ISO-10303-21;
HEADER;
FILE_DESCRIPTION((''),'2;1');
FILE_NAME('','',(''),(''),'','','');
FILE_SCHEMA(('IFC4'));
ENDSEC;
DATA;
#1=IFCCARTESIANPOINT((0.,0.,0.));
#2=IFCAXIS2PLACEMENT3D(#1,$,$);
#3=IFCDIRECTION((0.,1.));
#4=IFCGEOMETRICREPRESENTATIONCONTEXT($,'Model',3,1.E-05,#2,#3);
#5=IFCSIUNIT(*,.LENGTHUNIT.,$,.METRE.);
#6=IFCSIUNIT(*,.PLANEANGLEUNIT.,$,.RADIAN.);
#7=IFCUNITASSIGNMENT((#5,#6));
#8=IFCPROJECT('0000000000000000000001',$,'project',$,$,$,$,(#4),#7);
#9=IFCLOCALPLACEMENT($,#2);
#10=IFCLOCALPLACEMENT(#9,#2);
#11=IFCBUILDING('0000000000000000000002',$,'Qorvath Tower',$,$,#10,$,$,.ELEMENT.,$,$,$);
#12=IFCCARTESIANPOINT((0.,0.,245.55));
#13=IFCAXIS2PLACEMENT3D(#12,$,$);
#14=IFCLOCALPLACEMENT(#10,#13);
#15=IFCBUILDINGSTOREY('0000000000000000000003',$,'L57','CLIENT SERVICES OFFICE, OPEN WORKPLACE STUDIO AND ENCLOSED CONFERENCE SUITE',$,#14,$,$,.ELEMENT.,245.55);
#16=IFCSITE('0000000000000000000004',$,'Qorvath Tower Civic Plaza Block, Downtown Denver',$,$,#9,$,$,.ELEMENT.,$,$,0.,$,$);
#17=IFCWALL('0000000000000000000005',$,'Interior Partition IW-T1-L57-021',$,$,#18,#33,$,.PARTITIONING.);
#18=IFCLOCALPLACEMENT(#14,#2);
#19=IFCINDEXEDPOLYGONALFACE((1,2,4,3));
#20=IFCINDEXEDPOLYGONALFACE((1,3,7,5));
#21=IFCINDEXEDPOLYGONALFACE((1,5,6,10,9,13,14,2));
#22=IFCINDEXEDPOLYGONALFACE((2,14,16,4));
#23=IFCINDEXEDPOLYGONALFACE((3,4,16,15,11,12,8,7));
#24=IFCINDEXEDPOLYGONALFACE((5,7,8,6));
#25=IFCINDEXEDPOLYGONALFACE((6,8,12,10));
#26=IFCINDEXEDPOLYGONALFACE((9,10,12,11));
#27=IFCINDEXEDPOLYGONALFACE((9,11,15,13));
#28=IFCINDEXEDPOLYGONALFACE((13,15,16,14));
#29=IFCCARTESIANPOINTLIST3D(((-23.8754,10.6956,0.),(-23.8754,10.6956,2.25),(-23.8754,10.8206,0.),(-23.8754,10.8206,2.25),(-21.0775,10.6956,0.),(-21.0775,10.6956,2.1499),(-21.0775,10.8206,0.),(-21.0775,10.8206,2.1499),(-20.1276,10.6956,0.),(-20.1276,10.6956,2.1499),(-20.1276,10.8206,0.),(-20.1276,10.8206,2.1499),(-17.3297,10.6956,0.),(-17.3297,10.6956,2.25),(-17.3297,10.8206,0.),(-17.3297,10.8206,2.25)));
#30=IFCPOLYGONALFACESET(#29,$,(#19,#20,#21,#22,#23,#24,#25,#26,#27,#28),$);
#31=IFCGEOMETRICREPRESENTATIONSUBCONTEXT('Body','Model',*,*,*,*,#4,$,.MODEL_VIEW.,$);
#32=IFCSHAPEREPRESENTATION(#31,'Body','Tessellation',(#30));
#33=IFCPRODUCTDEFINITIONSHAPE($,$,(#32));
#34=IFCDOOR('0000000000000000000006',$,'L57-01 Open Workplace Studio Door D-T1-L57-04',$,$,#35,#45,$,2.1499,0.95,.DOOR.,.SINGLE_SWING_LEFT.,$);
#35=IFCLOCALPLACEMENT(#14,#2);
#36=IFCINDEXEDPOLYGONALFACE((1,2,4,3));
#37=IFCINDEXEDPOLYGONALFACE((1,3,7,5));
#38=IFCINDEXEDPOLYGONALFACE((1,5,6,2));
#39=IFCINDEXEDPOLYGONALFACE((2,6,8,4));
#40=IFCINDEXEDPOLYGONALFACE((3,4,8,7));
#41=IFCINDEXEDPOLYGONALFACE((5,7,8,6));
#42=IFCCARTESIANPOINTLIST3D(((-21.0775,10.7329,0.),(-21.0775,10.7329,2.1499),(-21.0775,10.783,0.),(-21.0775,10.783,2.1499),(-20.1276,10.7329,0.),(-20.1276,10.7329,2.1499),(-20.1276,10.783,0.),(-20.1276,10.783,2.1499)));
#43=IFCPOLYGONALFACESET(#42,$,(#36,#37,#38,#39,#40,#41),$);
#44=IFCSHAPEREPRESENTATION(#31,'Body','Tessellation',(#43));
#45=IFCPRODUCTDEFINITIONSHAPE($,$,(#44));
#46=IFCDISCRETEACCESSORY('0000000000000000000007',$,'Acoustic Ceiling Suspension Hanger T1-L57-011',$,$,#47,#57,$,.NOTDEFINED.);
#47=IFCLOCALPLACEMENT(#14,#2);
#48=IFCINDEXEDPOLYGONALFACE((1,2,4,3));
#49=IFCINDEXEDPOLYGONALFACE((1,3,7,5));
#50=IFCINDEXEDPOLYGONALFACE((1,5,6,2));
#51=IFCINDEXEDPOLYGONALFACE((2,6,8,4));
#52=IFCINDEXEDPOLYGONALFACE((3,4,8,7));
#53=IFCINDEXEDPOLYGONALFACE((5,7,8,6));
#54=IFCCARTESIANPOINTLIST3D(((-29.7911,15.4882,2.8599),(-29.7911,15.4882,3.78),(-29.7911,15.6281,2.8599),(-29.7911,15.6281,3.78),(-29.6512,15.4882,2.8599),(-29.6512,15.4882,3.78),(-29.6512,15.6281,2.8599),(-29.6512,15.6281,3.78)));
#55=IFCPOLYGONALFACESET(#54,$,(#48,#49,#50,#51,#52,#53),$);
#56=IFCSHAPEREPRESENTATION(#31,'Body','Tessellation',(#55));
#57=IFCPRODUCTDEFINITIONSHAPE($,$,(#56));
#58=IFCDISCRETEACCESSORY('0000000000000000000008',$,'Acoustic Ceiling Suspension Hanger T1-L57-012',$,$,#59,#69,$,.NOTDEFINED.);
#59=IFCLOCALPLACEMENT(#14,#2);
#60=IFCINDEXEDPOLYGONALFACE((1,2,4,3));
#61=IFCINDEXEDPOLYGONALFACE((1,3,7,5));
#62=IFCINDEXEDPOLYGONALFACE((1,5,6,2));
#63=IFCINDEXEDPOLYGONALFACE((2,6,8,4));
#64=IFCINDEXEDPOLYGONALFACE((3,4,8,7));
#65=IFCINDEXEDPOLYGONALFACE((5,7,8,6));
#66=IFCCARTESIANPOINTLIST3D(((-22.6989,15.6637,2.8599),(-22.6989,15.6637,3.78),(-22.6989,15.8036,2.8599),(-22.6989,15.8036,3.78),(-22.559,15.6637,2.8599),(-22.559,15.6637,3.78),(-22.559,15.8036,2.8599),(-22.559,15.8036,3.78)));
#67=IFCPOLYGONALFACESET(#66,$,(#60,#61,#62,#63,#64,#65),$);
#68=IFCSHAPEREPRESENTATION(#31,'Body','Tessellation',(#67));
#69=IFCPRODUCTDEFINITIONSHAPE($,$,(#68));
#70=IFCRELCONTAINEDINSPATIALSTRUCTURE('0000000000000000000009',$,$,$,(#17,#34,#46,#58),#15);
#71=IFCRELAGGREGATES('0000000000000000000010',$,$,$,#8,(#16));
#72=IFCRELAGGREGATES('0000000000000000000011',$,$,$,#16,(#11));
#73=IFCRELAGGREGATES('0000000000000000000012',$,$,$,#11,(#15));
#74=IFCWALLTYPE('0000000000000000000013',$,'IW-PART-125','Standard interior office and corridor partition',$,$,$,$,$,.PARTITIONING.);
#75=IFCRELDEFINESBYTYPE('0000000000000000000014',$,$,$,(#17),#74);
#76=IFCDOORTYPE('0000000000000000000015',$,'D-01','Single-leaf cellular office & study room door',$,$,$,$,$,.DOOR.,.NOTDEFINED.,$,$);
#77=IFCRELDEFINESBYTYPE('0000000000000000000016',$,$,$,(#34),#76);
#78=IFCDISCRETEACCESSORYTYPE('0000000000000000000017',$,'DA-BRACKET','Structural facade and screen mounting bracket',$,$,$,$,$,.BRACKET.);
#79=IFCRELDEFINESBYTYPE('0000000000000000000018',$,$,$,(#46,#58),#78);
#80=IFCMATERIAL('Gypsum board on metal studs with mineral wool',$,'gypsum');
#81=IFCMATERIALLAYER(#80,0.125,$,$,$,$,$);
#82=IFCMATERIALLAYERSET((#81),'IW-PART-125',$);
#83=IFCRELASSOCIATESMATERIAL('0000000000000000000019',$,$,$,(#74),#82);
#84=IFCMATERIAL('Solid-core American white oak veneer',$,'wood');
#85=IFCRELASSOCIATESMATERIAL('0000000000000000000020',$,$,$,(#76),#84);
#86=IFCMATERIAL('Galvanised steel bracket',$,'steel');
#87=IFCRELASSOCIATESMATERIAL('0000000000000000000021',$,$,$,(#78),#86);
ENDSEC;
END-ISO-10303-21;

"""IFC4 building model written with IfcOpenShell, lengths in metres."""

from ifc_helpers import new_model, si_unit, direction, frame, frame_2d, origin, origin_2d, place, context, subcontext, project, spatial, rectangle, extrude, material, layer, layer_set, type_object, element, fill, save


model = new_model("IFC4")

# Units and contexts
model_context = context("Model", 3, precision=1e-05, world=origin(), true_north=direction((0.0, 1.0)))
body_context = subcontext(model_context, "Body", "Model", "MODEL_VIEW")
ifc_project = project(units=[si_unit("LENGTHUNIT", "METRE"), si_unit("PLANEANGLEUNIT", "RADIAN")], contexts=[model_context])

# Site, building, storey
site_placement = place(None, origin())
site = spatial("IfcSite", under=ifc_project, at=site_placement, Name="Qorvath Tower Civic Plaza Block, Downtown Denver", CompositionType="ELEMENT", RefElevation=0.0)
building_placement = place(site_placement, origin())
building = spatial("IfcBuilding", under=site, at=building_placement, Name="Qorvath Tower", CompositionType="ELEMENT")
storey_placement = place(building_placement, frame((0.0, 0.0, 245.55)))
storey = spatial("IfcBuildingStorey", under=building, at=storey_placement, Name="L57", Description="CLIENT SERVICES OFFICE, OPEN WORKPLACE STUDIO AND ENCLOSED CONFERENCE SUITE", CompositionType="ELEMENT", Elevation=245.55)

# Wall, opening, door
ifc_material_1 = material(Name="Gypsum board on metal studs with mineral wool", Category="gypsum")
ifc_layer_1 = layer(ifc_material_1, 0.125)
ifc_layer_set_1 = layer_set([ifc_layer_1], Name="IW-PART-125")
wall_type = type_object("IfcWallType", Name="IW-PART-125", Description="Standard interior office and corridor partition", PredefinedType="PARTITIONING", material=ifc_layer_set_1)
wall_placement = place(storey_placement, frame((-23.8755, 10.7581, 0.0), z_axis=(0.0, 0.0, 1.0), x_axis=(1.0, 0.0, 0.0)))
wall = element("IfcWall", 1, at=wall_placement, inside=storey, type_object=wall_type, Name="Interior Partition IW-T1-L57-021", PredefinedType="PARTITIONING", context=body_context, shape_type="SweptSolid", body=[
    extrude(rectangle(XDim=6.5457, YDim=0.125, at=frame_2d((3.2729, 0.0))), origin(), (0.0, 0.0, 1.0), 2.25),
])
opening_placement = place(wall_placement, frame((2.7979, 0.0, 0.0)))
opening = element("IfcOpeningElement", 2, at=opening_placement, cuts=wall, PredefinedType="OPENING", context=body_context, shape_type="SweptSolid", body=[
    extrude(rectangle(XDim=0.95, YDim=2.1499, at=frame_2d((0.4751, 1.075))), frame((0.0, 0.0725, 0.0), z_axis=(0.0, -1.0, 0.0), x_axis=(1.0, 0.0, 0.0)), (0.0, 0.0, 1.0), 0.145),
])
ifc_material_2 = material(Name="Solid-core American white oak veneer", Category="wood")
door_type = type_object("IfcDoorType", Name="D-01", Description="Single-leaf cellular office & study room door", OperationType="NOTDEFINED", PredefinedType="DOOR", material=ifc_material_2)
door_placement = place(opening_placement, origin())
door = element("IfcDoor", 3, at=door_placement, inside=storey, type_object=door_type, Name="L57-01 Open Workplace Studio Door D-T1-L57-04", OperationType="SINGLE_SWING_LEFT", OverallHeight=2.1499, OverallWidth=0.95, PredefinedType="DOOR", context=body_context, shape_type="SweptSolid", body=[
    extrude(rectangle(XDim=0.95, YDim=2.1499, at=frame_2d((0.4751, 1.075))), frame((0.0, 0.0249, 0.0), z_axis=(0.0, -1.0, 0.0), x_axis=(1.0, 0.0, 0.0)), (0.0, 0.0, 1.0), 0.05),
])
fill(opening, door)

# Discrete accessories
ifc_material_3 = material(Name="Galvanised steel bracket", Category="steel")
discrete_accessory_type = type_object("IfcDiscreteAccessoryType", Name="DA-BRACKET", Description="Structural facade and screen mounting bracket", PredefinedType="BRACKET", material=ifc_material_3)
for number, where, z_axis, x_axis, name in (
    (4, (-29.7212, 15.5581, 2.8599), (0.0, 0.0, 1.0), (1.0, 0.0, 0.0), "Acoustic Ceiling Suspension Hanger T1-L57-011"),
    (5, (-22.6289, 15.7336, 2.8599), (0.0, 0.0, 1.0), (1.0, 0.0, 0.0), "Acoustic Ceiling Suspension Hanger T1-L57-012"),
):
    element("IfcDiscreteAccessory", number, at=place(storey_placement, frame(where, z_axis=z_axis, x_axis=x_axis)), inside=storey, type_object=discrete_accessory_type, Name=name, PredefinedType="NOTDEFINED", context=body_context, shape_type="SweptSolid", body=[
        extrude(rectangle(XDim=0.1399, YDim=0.1399, at=origin_2d()), origin(), (0.0, 0.0, 1.0), 0.9202),
    ])

save(model, "model.ifc")
